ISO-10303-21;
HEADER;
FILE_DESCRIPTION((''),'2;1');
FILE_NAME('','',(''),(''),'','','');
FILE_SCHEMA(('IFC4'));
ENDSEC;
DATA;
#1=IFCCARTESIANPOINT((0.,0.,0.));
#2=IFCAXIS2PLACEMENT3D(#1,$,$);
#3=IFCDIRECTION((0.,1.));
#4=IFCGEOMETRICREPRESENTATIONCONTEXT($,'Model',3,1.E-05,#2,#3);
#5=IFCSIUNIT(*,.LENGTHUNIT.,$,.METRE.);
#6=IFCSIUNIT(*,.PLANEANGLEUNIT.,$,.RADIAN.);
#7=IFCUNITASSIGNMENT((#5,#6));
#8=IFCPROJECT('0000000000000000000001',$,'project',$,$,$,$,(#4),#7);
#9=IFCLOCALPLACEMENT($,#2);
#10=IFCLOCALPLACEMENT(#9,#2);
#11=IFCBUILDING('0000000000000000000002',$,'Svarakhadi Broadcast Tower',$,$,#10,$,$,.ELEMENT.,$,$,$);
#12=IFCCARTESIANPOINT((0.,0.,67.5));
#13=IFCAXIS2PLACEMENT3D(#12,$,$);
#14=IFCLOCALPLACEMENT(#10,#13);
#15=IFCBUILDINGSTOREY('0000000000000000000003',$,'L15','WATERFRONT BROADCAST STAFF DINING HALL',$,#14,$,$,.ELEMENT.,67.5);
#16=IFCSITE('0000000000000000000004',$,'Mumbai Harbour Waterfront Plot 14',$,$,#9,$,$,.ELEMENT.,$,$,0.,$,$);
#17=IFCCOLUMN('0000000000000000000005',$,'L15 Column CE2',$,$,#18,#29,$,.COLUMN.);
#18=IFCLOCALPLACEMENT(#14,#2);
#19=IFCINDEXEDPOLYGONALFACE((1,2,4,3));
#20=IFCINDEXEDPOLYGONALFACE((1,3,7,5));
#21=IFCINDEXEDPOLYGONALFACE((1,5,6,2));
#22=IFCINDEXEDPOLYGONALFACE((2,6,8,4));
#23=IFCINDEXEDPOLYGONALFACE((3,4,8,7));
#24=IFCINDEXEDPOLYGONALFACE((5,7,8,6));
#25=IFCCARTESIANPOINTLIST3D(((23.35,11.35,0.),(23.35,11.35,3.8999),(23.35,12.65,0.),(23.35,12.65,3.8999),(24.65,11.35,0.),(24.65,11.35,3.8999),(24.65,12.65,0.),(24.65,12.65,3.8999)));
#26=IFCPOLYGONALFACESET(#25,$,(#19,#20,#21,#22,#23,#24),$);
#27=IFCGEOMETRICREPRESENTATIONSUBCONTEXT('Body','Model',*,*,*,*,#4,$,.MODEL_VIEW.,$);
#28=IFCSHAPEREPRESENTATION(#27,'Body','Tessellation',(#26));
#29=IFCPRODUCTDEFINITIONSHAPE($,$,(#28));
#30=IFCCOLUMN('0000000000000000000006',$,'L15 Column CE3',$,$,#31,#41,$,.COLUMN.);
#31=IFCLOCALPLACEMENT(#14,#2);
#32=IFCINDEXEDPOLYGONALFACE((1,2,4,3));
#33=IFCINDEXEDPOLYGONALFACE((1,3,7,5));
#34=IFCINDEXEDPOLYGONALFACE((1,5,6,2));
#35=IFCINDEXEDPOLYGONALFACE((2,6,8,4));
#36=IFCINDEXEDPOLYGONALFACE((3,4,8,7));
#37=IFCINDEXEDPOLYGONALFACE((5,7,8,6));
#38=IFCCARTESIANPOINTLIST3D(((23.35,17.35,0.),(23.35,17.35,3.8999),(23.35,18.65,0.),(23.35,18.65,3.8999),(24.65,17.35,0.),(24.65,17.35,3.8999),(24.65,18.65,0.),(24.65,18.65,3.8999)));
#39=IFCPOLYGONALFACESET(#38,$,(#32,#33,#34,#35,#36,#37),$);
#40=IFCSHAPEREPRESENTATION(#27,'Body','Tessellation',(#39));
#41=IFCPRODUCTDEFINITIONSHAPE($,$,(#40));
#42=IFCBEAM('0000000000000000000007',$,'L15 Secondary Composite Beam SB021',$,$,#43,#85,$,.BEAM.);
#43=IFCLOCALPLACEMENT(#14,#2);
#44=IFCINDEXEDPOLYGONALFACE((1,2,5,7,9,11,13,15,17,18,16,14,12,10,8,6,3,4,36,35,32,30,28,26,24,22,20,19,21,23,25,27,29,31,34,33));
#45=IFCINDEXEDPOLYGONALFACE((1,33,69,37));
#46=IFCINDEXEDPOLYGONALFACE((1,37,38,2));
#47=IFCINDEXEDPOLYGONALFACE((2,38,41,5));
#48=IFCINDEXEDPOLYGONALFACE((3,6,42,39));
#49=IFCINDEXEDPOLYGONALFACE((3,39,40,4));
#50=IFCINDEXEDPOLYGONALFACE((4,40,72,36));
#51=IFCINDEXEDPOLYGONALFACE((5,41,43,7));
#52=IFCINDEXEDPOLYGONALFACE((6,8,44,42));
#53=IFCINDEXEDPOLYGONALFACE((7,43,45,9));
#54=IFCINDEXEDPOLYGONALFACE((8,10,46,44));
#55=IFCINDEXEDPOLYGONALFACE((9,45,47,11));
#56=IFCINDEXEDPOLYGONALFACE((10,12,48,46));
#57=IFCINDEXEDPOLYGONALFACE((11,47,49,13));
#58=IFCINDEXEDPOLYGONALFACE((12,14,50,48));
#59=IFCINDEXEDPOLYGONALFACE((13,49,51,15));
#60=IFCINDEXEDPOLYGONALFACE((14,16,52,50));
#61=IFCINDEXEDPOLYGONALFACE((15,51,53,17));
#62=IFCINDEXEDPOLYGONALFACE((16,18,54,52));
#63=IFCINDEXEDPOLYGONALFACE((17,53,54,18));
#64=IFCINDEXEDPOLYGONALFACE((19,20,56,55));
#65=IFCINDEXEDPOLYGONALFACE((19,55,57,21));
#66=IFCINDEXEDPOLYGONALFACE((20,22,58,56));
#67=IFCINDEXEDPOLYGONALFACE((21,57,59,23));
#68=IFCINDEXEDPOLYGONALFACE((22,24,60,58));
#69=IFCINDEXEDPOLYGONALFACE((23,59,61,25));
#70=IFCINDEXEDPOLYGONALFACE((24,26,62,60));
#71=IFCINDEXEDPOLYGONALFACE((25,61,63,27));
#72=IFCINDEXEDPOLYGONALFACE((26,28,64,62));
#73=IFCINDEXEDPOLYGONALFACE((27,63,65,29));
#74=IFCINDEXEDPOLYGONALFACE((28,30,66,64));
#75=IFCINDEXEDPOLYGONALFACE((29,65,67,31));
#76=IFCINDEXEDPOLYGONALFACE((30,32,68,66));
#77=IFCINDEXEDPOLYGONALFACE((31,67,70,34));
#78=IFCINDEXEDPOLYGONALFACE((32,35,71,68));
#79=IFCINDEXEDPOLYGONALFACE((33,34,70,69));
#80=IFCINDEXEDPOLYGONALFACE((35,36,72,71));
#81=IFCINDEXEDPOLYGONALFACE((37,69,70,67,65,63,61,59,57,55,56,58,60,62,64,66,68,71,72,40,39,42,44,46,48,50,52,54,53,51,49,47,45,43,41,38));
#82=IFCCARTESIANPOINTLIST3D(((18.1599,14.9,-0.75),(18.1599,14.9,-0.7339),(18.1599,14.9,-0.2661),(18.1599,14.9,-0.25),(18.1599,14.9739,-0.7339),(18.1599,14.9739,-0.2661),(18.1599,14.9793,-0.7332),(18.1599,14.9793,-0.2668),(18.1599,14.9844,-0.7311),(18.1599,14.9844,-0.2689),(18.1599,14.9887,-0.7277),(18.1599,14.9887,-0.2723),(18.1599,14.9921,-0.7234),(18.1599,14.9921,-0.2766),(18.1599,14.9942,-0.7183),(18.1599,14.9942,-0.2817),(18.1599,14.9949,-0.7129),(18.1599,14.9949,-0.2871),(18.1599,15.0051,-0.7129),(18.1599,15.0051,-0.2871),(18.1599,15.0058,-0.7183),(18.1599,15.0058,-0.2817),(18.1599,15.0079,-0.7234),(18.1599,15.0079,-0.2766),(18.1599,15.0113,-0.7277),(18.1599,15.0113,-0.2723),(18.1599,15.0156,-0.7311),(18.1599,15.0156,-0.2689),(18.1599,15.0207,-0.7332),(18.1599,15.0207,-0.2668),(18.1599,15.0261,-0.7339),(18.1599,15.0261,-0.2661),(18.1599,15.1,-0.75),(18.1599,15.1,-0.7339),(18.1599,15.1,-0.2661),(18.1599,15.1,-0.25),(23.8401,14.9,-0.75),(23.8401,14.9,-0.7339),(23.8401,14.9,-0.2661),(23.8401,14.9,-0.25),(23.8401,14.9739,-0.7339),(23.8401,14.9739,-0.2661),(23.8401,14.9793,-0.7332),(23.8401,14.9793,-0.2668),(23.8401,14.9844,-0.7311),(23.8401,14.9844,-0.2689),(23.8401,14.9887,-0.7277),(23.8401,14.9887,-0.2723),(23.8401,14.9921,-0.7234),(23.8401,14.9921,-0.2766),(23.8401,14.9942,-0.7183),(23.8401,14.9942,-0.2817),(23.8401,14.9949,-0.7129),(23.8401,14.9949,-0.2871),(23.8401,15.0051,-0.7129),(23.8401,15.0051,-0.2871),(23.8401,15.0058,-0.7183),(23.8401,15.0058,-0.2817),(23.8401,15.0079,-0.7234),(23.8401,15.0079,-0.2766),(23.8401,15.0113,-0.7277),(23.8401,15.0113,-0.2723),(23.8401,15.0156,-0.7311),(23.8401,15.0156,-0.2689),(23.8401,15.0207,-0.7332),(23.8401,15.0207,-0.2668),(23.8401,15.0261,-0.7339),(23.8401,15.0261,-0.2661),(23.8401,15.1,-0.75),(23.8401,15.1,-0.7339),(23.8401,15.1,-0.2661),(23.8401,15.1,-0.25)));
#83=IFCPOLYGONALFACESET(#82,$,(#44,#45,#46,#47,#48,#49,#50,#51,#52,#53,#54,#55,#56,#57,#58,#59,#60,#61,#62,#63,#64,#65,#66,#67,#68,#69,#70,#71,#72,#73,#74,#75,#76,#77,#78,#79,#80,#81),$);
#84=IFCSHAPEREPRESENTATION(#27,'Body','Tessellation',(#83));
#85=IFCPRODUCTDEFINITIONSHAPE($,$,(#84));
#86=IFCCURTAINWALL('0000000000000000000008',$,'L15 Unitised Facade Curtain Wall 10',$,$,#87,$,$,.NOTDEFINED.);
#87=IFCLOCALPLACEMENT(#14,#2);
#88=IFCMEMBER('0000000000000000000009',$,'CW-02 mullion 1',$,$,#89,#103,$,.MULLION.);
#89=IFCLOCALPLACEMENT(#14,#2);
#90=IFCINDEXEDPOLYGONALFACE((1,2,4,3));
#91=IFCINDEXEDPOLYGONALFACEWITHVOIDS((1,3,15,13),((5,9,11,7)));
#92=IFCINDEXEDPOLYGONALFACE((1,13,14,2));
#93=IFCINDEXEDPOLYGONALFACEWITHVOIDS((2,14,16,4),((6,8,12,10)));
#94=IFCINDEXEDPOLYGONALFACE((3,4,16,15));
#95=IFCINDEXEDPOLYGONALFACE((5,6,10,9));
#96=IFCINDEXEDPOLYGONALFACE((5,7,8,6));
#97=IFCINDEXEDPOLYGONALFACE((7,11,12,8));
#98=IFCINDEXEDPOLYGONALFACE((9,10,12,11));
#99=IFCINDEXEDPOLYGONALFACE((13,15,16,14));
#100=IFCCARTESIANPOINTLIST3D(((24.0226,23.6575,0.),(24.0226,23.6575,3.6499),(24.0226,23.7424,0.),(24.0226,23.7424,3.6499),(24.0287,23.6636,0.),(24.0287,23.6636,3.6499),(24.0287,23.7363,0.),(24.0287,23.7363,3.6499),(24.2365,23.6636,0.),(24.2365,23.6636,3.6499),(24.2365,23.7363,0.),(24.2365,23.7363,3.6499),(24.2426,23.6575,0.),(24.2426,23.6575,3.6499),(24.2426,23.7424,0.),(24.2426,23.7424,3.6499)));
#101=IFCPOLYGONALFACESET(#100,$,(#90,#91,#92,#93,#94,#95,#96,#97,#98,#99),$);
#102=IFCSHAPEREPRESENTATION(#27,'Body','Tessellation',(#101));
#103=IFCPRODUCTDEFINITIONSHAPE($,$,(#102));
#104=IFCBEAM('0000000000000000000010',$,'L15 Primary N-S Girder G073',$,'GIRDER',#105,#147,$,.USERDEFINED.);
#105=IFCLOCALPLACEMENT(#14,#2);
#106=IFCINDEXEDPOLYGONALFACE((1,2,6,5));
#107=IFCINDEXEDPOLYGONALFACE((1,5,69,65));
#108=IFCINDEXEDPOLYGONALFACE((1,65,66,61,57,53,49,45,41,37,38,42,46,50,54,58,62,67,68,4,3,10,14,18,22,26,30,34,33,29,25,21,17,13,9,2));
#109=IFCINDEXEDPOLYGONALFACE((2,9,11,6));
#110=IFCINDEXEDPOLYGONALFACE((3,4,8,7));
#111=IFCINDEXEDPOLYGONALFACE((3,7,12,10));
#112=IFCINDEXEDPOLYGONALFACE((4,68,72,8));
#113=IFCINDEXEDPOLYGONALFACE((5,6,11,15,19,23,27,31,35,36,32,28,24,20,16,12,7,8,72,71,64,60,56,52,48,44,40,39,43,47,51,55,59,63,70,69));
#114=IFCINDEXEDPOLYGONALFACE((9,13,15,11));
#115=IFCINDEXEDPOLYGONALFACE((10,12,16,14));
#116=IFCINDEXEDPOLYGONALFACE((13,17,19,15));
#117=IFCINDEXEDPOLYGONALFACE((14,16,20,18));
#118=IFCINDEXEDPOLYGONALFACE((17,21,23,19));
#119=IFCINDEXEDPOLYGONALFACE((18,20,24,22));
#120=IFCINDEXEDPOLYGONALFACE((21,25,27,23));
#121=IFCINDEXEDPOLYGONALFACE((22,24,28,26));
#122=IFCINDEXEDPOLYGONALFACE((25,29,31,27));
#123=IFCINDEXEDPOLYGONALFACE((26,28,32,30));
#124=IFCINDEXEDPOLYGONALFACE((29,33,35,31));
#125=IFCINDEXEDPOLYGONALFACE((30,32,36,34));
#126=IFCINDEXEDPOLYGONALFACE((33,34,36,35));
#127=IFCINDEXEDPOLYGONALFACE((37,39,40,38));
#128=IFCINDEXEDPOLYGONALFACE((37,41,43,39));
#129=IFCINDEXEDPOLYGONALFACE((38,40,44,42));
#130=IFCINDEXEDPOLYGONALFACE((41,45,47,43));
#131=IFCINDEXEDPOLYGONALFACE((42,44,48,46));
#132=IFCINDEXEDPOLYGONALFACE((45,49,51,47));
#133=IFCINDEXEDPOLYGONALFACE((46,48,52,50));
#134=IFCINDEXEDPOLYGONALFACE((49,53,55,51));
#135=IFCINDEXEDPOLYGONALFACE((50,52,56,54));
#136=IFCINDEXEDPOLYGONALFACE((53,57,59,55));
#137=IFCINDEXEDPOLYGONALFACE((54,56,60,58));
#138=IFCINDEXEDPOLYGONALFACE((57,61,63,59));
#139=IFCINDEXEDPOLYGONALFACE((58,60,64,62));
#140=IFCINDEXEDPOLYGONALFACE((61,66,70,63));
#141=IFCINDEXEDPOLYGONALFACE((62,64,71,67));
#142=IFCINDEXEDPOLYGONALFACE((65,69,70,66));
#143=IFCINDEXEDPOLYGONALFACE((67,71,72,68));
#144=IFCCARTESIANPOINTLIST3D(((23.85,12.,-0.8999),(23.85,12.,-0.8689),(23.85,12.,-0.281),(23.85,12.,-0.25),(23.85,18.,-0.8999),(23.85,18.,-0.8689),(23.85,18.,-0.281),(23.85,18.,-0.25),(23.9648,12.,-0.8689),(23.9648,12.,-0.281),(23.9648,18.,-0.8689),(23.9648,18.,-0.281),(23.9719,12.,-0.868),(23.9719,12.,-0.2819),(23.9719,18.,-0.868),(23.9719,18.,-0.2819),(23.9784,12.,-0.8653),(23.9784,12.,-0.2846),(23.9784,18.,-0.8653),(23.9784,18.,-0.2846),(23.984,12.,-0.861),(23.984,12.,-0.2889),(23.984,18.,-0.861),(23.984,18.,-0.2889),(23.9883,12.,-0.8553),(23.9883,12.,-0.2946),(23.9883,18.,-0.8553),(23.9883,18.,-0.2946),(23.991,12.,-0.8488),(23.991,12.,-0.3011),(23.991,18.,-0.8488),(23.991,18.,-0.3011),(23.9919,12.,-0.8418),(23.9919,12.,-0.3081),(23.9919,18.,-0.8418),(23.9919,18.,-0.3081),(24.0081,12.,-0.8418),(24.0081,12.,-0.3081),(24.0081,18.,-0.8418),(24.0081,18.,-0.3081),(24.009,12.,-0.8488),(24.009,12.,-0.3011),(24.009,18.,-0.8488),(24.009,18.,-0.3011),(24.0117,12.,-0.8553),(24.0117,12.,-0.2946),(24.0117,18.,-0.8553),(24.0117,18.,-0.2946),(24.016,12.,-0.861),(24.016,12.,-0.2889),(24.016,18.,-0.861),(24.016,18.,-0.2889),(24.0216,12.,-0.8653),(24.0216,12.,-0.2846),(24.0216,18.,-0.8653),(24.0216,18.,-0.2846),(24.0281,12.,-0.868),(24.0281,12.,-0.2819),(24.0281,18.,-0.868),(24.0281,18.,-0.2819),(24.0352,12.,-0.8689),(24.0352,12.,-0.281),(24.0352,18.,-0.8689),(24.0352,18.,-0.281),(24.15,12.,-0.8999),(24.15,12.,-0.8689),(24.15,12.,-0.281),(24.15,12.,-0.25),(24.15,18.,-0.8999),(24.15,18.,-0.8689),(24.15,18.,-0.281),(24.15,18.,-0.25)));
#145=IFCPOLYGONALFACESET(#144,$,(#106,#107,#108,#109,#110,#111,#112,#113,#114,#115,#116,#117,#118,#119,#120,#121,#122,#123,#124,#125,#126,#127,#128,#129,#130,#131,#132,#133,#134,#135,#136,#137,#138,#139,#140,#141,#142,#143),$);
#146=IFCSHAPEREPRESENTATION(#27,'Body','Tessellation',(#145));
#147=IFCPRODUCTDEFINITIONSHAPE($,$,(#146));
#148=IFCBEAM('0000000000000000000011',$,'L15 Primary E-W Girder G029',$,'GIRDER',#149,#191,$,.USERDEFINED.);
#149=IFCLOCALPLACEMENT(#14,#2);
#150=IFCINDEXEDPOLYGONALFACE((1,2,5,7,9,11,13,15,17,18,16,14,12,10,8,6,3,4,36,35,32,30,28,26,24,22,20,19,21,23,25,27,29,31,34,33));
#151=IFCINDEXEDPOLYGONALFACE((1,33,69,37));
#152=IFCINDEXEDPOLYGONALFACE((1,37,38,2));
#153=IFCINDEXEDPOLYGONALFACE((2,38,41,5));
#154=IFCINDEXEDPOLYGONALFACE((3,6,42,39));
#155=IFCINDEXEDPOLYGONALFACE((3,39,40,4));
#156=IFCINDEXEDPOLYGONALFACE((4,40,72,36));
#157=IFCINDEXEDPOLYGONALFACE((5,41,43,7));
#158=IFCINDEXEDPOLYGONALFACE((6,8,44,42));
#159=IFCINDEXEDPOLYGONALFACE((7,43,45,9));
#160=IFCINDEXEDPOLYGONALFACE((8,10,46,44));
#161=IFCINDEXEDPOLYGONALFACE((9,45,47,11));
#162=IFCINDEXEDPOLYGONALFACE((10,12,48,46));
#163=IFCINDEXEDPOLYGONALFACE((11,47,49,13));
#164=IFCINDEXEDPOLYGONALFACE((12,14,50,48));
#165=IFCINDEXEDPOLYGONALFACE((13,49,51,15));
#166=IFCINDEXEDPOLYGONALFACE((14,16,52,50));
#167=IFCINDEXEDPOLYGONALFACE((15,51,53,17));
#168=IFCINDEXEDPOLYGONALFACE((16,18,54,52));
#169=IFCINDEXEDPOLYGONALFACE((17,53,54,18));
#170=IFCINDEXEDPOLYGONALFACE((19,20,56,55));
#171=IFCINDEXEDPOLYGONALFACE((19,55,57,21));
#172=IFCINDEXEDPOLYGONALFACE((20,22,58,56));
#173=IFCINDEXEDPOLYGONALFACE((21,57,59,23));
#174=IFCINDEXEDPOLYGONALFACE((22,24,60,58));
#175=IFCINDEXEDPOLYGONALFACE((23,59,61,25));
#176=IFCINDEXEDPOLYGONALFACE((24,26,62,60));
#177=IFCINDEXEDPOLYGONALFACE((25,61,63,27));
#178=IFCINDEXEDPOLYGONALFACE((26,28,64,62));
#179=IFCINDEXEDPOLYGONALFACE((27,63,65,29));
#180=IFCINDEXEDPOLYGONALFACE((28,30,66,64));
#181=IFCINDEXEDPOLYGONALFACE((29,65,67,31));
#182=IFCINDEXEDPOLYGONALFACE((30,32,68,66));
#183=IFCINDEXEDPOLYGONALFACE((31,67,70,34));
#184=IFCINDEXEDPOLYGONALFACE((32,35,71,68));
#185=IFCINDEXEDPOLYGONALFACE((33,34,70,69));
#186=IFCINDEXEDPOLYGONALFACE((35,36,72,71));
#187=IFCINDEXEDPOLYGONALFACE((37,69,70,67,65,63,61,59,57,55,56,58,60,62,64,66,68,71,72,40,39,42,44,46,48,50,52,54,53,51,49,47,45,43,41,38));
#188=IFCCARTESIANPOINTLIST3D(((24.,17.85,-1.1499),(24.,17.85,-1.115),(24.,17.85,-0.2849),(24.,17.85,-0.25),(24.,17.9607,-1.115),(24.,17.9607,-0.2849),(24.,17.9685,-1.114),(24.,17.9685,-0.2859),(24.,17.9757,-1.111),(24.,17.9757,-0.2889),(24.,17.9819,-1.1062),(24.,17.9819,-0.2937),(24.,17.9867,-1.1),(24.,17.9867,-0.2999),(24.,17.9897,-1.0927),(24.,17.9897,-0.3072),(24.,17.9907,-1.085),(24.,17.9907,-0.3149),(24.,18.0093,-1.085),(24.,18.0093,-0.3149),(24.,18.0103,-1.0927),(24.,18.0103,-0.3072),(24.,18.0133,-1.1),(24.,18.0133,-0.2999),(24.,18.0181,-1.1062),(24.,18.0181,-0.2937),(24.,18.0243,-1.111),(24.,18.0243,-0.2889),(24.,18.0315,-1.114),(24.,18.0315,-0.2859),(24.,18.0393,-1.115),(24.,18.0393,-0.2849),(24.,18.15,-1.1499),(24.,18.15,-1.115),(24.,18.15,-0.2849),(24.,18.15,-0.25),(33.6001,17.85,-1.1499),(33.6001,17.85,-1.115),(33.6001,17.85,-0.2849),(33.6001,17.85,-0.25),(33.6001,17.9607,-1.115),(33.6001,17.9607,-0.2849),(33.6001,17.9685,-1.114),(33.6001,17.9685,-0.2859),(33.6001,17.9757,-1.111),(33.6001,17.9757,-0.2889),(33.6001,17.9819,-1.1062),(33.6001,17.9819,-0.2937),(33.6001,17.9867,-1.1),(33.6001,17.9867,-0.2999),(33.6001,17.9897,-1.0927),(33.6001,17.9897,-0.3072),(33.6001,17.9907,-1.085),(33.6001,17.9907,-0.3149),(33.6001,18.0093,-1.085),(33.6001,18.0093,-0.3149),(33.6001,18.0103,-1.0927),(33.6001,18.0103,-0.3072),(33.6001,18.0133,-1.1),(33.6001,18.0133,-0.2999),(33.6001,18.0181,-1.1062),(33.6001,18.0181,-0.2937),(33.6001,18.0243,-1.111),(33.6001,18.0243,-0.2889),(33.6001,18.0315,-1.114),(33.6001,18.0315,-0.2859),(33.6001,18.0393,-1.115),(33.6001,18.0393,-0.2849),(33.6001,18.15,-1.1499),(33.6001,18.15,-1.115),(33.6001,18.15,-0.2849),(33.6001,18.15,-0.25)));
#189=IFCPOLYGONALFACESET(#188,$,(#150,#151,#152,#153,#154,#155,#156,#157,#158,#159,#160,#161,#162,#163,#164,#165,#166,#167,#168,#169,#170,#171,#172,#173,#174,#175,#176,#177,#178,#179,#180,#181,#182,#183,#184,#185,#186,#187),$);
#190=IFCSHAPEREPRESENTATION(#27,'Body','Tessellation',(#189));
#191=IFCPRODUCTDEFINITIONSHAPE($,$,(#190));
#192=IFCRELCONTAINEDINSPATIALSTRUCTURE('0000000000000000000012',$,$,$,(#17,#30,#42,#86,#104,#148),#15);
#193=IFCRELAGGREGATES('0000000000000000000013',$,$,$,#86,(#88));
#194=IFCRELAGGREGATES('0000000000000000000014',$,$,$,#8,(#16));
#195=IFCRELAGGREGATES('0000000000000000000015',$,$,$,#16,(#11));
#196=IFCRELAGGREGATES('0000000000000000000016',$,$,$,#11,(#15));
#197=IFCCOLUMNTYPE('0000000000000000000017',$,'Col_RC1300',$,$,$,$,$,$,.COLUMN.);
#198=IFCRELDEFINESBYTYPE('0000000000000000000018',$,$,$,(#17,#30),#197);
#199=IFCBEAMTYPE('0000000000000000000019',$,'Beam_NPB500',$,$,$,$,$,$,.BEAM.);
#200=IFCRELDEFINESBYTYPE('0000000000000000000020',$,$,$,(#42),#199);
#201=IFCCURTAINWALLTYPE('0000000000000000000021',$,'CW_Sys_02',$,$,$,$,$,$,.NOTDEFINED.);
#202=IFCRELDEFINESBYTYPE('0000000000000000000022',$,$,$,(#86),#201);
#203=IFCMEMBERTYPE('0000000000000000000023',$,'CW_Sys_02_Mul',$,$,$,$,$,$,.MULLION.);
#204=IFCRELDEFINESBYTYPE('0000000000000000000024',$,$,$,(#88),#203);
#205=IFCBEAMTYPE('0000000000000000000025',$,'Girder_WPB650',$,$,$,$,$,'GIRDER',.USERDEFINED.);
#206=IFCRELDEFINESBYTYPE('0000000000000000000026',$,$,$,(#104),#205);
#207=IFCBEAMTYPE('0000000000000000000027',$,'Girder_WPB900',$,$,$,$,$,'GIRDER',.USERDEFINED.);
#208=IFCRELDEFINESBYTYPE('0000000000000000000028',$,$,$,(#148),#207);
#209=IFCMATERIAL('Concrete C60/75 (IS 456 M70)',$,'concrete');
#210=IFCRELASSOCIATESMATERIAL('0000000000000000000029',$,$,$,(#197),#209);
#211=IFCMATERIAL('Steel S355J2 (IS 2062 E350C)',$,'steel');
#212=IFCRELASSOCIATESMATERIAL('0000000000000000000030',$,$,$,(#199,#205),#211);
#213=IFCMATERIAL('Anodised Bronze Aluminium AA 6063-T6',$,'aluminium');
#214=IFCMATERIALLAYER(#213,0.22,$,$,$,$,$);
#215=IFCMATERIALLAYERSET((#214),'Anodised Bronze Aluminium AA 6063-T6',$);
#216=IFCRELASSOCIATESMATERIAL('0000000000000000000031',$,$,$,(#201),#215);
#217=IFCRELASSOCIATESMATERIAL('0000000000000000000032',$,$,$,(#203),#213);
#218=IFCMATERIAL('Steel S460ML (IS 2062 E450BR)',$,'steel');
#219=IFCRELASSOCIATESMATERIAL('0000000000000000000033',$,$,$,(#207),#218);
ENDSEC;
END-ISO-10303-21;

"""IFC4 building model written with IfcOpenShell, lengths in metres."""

from ifc_helpers import new_model, si_unit, direction, frame, origin, origin_2d, place, context, subcontext, project, spatial, rectangle, hollow_rectangle, i_section, extrude, material, layer, layer_set, material_profile, profile_set, type_object, element, aggregate, save


model = new_model("IFC4")

# Units and contexts
model_context = context("Model", 3, precision=1e-05, world=origin(), true_north=direction((0.0, 1.0)))
body_context = subcontext(model_context, "Body", "Model", "MODEL_VIEW")
ifc_project = project(units=[si_unit("LENGTHUNIT", "METRE"), si_unit("PLANEANGLEUNIT", "RADIAN")], contexts=[model_context])

# Site, building, storey
site_placement = place(None, origin())
site = spatial("IfcSite", under=ifc_project, at=site_placement, Name="Mumbai Harbour Waterfront Plot 14", CompositionType="ELEMENT", RefElevation=0.0)
building_placement = place(site_placement, origin())
building = spatial("IfcBuilding", under=site, at=building_placement, Name="Svarakhadi Broadcast Tower", CompositionType="ELEMENT")
storey_placement = place(building_placement, frame((0.0, 0.0, 67.5)))
storey = spatial("IfcBuildingStorey", under=building, at=storey_placement, Name="L15", Description="WATERFRONT BROADCAST STAFF DINING HALL", CompositionType="ELEMENT", Elevation=67.5)

# Columns
ifc_material_1 = material(Name="Concrete C60/75 (IS 456 M70)", Category="concrete")
ifc_material_profile_1 = material_profile(ifc_material_1, rectangle(XDim=1.3, YDim=1.3, at=origin_2d()), Name="RC 1300x1300")
ifc_profile_set_1 = profile_set([ifc_material_profile_1], Name="Concrete C60/75 (IS 456 M70)")
column_type = type_object("IfcColumnType", Name="Col_RC1300", PredefinedType="COLUMN", material=ifc_profile_set_1)
for number, where, z_axis, x_axis, name in (
    (1, (24.0, 12.0, 0.0), (0.0, 0.0, 1.0), (1.0, 0.0, 0.0), "L15 Column CE2"),
    (2, (24.0, 18.0, 0.0), (0.0, 0.0, 1.0), (1.0, 0.0, 0.0), "L15 Column CE3"),
):
    element("IfcColumn", number, at=place(storey_placement, frame(where, z_axis=z_axis, x_axis=x_axis)), inside=storey, type_object=column_type, Name=name, PredefinedType="COLUMN", context=body_context, shape_type="SweptSolid", body=[
        extrude(rectangle(XDim=1.3, YDim=1.3, at=origin_2d()), origin(), (0.0, 0.0, 1.0), 3.8999),
    ])

# Beam
ifc_material_2 = material(Name="Steel S355J2 (IS 2062 E350C)", Category="steel")
ifc_material_profile_2 = material_profile(ifc_material_2, i_section(OverallWidth=0.2, OverallDepth=0.5, WebThickness=0.0103, FlangeThickness=0.0161, FilletRadius=0.021, at=origin_2d()), Name="NPB 500x200x91")
ifc_profile_set_2 = profile_set([ifc_material_profile_2], Name="Steel S355J2 (IS 2062 E350C)")
beam_type_1 = type_object("IfcBeamType", Name="Beam_NPB500", PredefinedType="BEAM", material=ifc_profile_set_2)
beam_1_placement = place(storey_placement, frame((18.1599, 15.0, -0.5), z_axis=(1.0, 0.0, 0.0), x_axis=(0.0, 1.0, 0.0)))
element("IfcBeam", 3, at=beam_1_placement, inside=storey, type_object=beam_type_1, Name="L15 Secondary Composite Beam SB021", PredefinedType="BEAM", context=body_context, shape_type="SweptSolid", body=[
    extrude(i_section(OverallWidth=0.2, OverallDepth=0.5, WebThickness=0.0103, FlangeThickness=0.0161, FilletRadius=0.021, at=origin_2d()), origin(), (0.0, 0.0, 1.0), 5.6802),
])

# Curtain wall, member
ifc_material_3 = material(Name="Anodised Bronze Aluminium AA 6063-T6", Category="aluminium")
ifc_layer_1 = layer(ifc_material_3, 0.22)
ifc_layer_set_1 = layer_set([ifc_layer_1], Name="Anodised Bronze Aluminium AA 6063-T6")
curtain_wall_type = type_object("IfcCurtainWallType", Name="CW_Sys_02", PredefinedType="NOTDEFINED", material=ifc_layer_set_1)
curtain_wall_placement = place(storey_placement, origin())
curtain_wall = element("IfcCurtainWall", 4, at=curtain_wall_placement, inside=storey, type_object=curtain_wall_type, Name="L15 Unitised Facade Curtain Wall 10", PredefinedType="NOTDEFINED")
ifc_material_profile_3 = material_profile(ifc_material_3, hollow_rectangle(XDim=0.085, YDim=0.22, WallThickness=0.0061, at=origin_2d()), Name="ALU MULLION 220x85x6")
ifc_profile_set_3 = profile_set([ifc_material_profile_3], Name="Anodised Bronze Aluminium AA 6063-T6")
member_type = type_object("IfcMemberType", Name="CW_Sys_02_Mul", PredefinedType="MULLION", material=ifc_profile_set_3)
member_placement = place(storey_placement, frame((24.1326, 23.7, 0.0), z_axis=(0.0, 0.0, 1.0), x_axis=(0.0, 1.0, 0.0)))
member = element("IfcMember", 5, at=member_placement, type_object=member_type, Name="CW-02 mullion 1", PredefinedType="MULLION", context=body_context, shape_type="SweptSolid", body=[
    extrude(hollow_rectangle(XDim=0.085, YDim=0.22, WallThickness=0.0061, at=origin_2d()), origin(), (0.0, 0.0, 1.0), 3.6499),
])
aggregate(curtain_wall, [member])

# Beams
ifc_material_profile_4 = material_profile(ifc_material_2, i_section(OverallWidth=0.3, OverallDepth=0.6499, WebThickness=0.0161, FlangeThickness=0.031, FilletRadius=0.0271, at=origin_2d()), Name="WPB 650x300x225")
ifc_profile_set_4 = profile_set([ifc_material_profile_4], Name="Steel S355J2 (IS 2062 E350C)")
beam_type_2 = type_object("IfcBeamType", Name="Girder_WPB650", ElementType="GIRDER", PredefinedType="USERDEFINED", material=ifc_profile_set_4)
beam_2_placement = place(storey_placement, frame((24.0, 12.0, -0.575), z_axis=(0.0, 1.0, 0.0), x_axis=(-1.0, 0.0, 0.0)))
element("IfcBeam", 6, at=beam_2_placement, inside=storey, type_object=beam_type_2, Name="L15 Primary N-S Girder G073", ObjectType="GIRDER", PredefinedType="USERDEFINED", context=body_context, shape_type="SweptSolid", body=[
    extrude(i_section(OverallWidth=0.3, OverallDepth=0.6499, WebThickness=0.0161, FlangeThickness=0.031, FilletRadius=0.0271, at=origin_2d()), origin(), (0.0, 0.0, 1.0), 6.0),
])
ifc_material_4 = material(Name="Steel S460ML (IS 2062 E450BR)", Category="steel")
ifc_material_profile_5 = material_profile(ifc_material_4, i_section(OverallWidth=0.3, OverallDepth=0.8999, WebThickness=0.0186, FlangeThickness=0.0349, FilletRadius=0.03, at=origin_2d()), Name="WPB 900x300x291")
ifc_profile_set_5 = profile_set([ifc_material_profile_5], Name="Steel S460ML (IS 2062 E450BR)")
beam_type_3 = type_object("IfcBeamType", Name="Girder_WPB900", ElementType="GIRDER", PredefinedType="USERDEFINED", material=ifc_profile_set_5)
beam_3_placement = place(storey_placement, frame((24.0, 18.0, -0.7), z_axis=(1.0, 0.0, 0.0), x_axis=(0.0, 1.0, 0.0)))
element("IfcBeam", 7, at=beam_3_placement, inside=storey, type_object=beam_type_3, Name="L15 Primary E-W Girder G029", ObjectType="GIRDER", PredefinedType="USERDEFINED", context=body_context, shape_type="SweptSolid", body=[
    extrude(i_section(OverallWidth=0.3, OverallDepth=0.8999, WebThickness=0.0186, FlangeThickness=0.0349, FilletRadius=0.03, at=origin_2d()), origin(), (0.0, 0.0, 1.0), 9.6001),
])

save(model, "model.ifc")
